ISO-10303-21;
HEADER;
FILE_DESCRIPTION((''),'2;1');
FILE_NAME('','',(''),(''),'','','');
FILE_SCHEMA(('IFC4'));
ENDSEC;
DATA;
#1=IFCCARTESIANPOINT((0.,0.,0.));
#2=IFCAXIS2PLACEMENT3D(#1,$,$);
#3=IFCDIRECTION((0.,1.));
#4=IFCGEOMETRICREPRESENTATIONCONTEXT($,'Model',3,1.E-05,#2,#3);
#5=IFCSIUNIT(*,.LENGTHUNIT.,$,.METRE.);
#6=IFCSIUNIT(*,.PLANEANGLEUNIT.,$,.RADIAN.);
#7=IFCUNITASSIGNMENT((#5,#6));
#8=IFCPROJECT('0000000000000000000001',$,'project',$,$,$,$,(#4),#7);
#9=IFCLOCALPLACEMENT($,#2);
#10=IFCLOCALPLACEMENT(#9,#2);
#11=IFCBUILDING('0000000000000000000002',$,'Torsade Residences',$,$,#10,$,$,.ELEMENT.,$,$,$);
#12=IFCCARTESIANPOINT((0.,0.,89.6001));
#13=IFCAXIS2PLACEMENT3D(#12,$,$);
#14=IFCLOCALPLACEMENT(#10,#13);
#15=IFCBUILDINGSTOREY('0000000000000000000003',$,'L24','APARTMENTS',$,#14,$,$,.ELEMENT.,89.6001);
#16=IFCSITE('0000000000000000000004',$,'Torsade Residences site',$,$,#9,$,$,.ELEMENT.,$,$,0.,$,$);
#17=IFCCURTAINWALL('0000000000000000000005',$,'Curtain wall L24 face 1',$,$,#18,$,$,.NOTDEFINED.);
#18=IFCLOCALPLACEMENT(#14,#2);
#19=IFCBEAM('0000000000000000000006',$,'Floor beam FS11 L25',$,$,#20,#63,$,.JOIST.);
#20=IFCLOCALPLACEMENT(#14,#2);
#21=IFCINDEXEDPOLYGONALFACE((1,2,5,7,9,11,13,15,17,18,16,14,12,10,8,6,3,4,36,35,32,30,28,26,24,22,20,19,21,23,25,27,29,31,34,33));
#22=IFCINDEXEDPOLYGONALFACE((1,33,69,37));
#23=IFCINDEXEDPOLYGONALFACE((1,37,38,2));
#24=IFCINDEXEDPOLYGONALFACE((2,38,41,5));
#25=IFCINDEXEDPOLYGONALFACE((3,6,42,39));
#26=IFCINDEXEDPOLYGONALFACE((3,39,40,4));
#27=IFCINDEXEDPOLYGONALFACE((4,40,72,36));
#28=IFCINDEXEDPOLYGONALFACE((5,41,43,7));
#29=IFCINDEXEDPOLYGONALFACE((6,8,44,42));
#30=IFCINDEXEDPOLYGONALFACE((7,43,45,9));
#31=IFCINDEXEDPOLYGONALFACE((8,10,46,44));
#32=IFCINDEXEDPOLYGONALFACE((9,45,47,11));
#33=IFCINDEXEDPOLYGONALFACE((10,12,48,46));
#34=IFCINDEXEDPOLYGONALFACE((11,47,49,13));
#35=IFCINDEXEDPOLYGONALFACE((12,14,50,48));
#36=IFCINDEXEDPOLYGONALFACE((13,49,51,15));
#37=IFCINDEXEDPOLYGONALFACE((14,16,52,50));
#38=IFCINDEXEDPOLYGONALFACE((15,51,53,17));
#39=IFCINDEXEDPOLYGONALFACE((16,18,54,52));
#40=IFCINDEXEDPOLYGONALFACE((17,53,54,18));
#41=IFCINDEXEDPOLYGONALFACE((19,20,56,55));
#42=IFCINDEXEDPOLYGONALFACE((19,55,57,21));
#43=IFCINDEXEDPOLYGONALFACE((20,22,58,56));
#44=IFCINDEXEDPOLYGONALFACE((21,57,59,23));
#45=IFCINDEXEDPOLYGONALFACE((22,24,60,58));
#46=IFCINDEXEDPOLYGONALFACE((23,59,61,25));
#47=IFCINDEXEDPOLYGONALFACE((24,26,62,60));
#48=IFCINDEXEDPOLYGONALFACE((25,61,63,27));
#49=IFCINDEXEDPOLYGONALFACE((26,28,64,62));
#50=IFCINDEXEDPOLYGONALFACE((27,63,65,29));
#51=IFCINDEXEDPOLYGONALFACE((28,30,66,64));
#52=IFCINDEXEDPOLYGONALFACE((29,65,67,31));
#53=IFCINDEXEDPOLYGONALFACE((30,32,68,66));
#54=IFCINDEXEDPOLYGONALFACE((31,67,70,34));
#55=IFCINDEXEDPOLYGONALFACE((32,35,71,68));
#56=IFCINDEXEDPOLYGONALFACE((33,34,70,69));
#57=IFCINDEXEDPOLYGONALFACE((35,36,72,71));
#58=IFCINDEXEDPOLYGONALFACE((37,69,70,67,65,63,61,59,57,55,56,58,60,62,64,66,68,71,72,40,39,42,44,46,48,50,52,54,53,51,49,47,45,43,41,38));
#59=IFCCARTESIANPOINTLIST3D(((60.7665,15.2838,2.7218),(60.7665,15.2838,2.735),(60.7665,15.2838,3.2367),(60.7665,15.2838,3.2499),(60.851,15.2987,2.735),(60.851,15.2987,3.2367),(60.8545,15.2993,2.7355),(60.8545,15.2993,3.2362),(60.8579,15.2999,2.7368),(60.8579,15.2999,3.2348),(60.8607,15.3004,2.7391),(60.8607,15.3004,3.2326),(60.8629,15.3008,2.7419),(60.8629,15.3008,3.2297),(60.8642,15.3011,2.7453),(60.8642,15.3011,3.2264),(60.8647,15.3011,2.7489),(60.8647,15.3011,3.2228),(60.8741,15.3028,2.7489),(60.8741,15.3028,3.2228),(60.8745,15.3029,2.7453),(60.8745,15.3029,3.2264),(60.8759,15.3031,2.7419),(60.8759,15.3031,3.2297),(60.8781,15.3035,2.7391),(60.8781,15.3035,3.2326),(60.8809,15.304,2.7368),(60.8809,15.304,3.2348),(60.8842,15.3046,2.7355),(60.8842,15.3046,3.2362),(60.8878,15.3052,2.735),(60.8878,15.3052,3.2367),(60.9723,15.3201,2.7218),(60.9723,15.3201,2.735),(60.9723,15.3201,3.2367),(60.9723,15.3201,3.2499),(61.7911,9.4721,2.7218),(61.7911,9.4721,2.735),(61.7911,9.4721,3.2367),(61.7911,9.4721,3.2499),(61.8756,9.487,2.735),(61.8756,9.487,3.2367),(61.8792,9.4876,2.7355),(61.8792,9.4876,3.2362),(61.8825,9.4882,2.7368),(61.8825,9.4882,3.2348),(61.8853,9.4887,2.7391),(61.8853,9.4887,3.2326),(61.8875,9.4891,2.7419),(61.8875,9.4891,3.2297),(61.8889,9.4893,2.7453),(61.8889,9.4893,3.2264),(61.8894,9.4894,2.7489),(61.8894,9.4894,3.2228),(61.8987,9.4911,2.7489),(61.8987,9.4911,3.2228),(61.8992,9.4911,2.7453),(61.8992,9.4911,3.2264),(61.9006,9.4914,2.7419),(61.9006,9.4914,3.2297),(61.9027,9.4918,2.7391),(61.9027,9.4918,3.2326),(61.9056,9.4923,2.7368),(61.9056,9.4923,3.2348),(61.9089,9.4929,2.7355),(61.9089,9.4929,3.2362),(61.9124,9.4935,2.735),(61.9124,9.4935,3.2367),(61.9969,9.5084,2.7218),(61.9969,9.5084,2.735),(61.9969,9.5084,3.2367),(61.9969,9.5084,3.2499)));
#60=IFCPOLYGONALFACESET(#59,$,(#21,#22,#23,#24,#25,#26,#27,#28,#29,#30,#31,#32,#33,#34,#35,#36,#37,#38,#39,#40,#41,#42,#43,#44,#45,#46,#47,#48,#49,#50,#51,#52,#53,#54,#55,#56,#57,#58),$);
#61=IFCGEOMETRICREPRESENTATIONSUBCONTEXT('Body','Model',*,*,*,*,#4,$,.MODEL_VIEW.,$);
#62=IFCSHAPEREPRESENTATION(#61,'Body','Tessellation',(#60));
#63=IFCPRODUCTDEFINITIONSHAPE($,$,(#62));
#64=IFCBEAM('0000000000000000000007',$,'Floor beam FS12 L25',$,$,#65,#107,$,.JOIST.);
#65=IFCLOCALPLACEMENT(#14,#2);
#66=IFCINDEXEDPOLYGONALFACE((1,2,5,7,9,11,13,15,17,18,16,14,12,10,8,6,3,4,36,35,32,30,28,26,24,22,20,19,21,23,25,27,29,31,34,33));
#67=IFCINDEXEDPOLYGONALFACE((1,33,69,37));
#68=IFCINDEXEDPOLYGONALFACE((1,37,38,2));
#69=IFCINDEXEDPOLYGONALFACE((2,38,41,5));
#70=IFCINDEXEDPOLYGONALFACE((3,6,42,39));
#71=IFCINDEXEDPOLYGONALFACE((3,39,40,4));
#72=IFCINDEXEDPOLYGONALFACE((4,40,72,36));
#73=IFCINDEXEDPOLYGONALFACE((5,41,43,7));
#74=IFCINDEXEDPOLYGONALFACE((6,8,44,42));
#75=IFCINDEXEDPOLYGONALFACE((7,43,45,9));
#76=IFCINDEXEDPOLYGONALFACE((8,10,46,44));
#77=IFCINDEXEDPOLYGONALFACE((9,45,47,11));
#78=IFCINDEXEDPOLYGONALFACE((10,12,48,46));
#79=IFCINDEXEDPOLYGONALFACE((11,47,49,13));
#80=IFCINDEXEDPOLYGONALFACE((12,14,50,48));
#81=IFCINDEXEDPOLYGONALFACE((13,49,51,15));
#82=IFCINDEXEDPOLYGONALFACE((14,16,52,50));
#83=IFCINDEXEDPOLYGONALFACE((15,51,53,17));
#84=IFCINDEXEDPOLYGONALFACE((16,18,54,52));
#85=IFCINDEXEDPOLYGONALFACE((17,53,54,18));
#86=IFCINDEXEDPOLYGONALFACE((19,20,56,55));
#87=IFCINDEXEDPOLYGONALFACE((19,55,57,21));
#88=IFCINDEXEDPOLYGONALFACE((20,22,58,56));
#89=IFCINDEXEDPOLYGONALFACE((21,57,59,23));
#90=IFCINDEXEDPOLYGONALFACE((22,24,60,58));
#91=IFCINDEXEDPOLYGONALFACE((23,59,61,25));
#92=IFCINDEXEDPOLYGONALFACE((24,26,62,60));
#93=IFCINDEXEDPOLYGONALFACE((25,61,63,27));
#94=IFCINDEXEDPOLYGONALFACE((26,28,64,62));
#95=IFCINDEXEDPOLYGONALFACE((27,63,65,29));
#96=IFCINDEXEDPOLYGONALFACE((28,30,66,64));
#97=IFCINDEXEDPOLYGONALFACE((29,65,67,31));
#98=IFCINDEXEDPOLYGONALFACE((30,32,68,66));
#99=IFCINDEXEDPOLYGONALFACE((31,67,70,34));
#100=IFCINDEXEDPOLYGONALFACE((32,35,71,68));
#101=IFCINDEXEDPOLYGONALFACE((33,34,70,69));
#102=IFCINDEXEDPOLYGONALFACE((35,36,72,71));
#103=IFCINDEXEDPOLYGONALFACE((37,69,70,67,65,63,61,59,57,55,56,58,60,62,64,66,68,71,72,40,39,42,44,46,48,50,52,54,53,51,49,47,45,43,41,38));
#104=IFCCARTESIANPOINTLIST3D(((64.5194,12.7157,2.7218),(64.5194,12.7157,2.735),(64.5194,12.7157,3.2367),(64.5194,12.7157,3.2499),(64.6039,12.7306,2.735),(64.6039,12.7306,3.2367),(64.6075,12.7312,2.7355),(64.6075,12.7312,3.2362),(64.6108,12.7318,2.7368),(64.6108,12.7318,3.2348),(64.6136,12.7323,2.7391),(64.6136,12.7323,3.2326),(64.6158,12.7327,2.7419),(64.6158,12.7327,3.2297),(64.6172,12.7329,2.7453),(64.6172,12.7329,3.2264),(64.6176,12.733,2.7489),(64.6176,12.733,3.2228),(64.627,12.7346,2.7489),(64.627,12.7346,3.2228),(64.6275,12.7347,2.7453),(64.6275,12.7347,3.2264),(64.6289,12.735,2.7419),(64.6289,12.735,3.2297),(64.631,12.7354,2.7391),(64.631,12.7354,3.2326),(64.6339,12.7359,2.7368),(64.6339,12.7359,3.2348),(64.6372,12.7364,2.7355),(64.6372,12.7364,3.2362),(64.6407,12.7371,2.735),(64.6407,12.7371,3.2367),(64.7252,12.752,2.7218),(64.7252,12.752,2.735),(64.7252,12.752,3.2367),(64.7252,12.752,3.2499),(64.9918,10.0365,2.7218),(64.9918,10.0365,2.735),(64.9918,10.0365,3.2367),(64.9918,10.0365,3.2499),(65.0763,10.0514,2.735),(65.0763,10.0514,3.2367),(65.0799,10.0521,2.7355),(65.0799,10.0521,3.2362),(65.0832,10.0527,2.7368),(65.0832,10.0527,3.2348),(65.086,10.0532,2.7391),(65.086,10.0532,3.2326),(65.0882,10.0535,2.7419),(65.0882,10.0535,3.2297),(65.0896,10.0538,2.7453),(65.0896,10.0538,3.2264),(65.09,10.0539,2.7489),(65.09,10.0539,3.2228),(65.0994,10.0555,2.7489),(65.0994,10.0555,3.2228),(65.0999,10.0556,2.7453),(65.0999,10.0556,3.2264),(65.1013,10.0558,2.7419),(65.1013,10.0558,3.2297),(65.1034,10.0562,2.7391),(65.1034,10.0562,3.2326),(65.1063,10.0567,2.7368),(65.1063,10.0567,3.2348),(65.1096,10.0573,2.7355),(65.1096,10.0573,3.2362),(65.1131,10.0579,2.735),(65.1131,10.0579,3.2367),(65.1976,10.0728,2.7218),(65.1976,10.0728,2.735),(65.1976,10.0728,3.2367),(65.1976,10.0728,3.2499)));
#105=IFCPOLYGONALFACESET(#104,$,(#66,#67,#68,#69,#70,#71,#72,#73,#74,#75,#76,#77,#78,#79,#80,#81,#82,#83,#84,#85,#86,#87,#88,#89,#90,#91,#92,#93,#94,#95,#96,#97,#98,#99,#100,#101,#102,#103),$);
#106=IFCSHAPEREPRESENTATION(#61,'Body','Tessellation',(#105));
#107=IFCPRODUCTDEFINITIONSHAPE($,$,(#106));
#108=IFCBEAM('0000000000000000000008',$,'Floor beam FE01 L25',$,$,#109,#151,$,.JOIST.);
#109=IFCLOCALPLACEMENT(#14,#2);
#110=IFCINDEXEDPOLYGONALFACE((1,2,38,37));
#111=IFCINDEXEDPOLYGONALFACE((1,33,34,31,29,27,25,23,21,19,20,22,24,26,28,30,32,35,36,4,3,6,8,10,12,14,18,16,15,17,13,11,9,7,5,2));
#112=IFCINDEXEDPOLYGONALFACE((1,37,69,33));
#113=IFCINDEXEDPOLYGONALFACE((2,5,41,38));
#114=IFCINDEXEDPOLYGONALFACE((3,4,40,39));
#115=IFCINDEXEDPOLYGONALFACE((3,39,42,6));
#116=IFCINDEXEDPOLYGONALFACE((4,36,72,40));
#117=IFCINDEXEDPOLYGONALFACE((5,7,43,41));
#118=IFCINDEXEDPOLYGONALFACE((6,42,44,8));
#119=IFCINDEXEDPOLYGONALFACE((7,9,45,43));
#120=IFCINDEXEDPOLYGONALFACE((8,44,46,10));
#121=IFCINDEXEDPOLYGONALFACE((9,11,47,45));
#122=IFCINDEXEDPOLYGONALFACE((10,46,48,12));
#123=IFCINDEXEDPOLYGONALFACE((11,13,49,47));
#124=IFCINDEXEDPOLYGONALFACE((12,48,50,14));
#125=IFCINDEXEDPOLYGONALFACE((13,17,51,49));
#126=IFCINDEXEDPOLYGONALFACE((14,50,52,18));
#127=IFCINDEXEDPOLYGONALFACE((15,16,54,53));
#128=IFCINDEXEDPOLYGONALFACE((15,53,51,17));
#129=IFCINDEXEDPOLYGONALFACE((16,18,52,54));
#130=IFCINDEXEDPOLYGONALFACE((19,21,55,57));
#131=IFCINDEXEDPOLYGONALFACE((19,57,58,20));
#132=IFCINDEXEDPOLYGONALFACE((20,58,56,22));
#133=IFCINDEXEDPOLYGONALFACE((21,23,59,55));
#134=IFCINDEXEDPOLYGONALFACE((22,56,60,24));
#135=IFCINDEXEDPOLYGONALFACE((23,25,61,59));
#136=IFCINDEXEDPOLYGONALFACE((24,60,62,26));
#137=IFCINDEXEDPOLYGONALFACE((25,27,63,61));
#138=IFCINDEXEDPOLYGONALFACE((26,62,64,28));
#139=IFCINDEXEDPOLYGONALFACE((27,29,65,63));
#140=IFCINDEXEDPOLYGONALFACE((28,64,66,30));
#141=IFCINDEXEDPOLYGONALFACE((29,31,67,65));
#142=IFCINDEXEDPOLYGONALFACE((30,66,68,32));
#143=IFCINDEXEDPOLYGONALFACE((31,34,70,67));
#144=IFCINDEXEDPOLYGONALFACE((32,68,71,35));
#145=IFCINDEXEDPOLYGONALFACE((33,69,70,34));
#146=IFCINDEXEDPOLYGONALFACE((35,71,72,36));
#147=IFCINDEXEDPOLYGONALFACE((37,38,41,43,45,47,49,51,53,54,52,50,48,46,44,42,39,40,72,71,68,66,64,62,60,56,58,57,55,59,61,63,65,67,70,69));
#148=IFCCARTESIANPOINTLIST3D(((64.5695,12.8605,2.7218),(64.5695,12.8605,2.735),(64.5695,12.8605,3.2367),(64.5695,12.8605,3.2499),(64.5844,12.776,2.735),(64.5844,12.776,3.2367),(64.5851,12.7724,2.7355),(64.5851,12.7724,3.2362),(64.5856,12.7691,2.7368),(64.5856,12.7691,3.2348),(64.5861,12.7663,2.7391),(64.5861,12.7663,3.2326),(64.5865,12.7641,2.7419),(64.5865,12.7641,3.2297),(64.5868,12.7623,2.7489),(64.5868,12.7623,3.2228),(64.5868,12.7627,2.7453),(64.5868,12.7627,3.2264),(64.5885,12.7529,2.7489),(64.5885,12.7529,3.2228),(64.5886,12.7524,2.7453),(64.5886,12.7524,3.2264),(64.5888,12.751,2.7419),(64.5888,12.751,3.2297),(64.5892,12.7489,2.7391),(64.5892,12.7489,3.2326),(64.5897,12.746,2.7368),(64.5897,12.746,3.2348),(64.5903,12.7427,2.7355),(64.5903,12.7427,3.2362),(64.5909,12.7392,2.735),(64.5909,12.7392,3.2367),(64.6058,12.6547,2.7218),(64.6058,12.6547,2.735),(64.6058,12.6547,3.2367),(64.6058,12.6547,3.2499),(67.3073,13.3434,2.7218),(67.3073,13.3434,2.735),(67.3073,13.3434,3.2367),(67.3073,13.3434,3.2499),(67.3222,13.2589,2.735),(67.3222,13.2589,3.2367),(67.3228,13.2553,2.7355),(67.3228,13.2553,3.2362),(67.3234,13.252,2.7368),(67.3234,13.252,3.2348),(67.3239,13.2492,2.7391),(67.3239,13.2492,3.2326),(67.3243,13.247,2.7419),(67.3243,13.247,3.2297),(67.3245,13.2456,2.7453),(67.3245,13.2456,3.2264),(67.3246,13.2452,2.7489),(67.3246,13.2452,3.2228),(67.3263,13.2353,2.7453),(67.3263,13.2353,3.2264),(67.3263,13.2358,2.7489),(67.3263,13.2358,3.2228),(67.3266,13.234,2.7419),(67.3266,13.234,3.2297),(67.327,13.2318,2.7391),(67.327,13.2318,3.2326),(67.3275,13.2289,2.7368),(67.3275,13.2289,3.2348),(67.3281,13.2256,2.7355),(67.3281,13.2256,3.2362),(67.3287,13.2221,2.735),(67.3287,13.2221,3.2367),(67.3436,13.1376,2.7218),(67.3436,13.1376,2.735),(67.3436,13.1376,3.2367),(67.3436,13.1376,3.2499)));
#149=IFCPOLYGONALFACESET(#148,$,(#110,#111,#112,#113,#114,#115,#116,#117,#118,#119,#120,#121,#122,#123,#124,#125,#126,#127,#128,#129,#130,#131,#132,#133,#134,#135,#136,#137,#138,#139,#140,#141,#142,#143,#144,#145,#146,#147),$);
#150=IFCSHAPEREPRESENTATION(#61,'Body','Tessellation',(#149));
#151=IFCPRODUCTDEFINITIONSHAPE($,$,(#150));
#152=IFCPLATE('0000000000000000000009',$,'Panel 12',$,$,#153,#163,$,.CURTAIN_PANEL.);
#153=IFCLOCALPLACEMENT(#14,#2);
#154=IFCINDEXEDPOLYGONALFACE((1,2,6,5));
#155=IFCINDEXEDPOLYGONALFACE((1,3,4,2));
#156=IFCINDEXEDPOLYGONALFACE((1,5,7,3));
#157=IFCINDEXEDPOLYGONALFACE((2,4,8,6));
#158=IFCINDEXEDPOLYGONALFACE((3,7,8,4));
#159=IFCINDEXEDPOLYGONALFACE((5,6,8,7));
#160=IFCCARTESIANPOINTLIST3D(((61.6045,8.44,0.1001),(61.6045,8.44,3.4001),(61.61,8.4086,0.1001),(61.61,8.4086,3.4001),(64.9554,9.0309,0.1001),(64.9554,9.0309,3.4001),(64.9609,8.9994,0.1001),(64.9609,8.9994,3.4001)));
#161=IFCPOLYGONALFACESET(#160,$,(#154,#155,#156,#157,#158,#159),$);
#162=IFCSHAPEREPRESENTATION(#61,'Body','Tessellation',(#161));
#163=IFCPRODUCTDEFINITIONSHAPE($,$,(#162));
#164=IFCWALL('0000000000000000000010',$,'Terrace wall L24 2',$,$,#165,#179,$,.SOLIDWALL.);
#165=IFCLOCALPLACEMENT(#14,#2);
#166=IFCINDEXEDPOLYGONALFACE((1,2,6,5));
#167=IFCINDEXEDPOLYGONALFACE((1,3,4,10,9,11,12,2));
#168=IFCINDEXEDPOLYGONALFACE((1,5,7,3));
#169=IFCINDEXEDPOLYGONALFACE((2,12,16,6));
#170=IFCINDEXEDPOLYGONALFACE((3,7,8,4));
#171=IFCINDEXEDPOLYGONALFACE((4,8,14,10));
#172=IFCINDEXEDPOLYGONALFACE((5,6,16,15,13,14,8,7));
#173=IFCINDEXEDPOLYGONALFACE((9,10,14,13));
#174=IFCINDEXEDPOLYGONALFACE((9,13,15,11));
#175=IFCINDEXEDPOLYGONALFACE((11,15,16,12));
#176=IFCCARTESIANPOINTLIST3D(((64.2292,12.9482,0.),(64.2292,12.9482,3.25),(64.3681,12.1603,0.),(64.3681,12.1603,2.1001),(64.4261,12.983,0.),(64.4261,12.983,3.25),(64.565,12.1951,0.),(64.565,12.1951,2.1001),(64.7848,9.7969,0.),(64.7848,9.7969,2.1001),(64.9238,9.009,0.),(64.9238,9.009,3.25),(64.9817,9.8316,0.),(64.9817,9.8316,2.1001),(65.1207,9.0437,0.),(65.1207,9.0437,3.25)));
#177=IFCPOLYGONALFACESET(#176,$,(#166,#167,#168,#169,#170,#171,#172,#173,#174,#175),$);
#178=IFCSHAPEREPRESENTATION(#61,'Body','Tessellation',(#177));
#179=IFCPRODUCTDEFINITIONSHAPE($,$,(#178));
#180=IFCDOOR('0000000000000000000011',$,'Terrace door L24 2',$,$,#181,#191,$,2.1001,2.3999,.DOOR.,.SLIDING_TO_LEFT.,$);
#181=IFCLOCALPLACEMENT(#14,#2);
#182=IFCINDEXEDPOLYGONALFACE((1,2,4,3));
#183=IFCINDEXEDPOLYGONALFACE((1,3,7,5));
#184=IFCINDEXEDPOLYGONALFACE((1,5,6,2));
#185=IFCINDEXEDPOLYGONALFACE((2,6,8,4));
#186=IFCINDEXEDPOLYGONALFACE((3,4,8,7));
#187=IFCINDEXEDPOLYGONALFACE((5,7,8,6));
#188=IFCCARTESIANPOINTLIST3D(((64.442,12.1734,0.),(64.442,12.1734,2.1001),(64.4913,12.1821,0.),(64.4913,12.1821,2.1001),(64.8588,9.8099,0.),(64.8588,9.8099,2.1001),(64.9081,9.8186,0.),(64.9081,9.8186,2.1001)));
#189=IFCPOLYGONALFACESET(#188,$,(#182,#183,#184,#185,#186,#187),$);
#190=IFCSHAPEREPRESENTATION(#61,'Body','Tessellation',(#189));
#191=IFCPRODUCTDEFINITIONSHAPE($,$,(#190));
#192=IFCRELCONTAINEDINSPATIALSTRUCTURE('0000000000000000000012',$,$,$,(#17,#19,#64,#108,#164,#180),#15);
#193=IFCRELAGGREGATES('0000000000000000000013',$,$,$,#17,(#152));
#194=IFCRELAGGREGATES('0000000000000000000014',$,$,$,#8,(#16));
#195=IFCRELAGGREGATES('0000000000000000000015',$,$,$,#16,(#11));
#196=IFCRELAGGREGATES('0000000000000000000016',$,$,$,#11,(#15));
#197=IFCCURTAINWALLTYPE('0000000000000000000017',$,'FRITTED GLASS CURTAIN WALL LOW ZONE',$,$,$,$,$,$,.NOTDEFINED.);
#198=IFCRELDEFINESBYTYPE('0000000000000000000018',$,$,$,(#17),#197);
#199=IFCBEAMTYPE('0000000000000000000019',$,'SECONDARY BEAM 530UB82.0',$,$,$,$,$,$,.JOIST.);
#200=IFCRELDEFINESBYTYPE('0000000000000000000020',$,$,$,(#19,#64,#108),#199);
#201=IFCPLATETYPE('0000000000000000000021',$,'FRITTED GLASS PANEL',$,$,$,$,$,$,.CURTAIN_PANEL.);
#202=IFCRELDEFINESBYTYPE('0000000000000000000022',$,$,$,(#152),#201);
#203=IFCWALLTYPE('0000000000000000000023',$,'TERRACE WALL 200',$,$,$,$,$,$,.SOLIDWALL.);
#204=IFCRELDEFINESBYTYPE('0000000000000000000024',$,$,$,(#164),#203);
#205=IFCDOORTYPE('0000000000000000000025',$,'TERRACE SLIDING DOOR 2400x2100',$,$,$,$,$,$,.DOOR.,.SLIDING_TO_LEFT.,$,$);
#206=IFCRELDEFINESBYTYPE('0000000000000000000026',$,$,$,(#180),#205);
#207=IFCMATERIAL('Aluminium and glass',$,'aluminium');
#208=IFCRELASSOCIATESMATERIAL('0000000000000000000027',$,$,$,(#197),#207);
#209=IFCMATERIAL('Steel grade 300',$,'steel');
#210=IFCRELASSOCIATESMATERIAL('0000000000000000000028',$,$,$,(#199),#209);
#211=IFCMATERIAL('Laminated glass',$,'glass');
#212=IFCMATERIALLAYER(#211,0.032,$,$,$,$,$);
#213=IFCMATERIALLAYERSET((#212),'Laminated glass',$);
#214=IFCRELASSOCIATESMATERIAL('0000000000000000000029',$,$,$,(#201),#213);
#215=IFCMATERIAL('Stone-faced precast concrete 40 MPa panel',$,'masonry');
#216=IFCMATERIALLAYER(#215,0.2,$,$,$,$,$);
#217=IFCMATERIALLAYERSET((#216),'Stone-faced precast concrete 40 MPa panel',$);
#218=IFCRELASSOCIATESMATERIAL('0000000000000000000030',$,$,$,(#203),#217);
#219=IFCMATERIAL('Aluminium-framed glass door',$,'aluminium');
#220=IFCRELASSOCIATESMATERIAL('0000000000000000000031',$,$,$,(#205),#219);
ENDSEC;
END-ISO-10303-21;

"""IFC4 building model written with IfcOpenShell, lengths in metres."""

from ifc_helpers import new_model, si_unit, direction, frame, frame_2d, origin, origin_2d, place, context, subcontext, project, spatial, rectangle, i_section, extrude, material, layer, layer_set, material_profile, profile_set, type_object, element, fill, aggregate, save


model = new_model("IFC4")

# Units and contexts
model_context = context("Model", 3, precision=1e-05, world=origin(), true_north=direction((0.0, 1.0)))
body_context = subcontext(model_context, "Body", "Model", "MODEL_VIEW")
ifc_project = project(units=[si_unit("LENGTHUNIT", "METRE"), si_unit("PLANEANGLEUNIT", "RADIAN")], contexts=[model_context])

# Site, building, storey
site_placement = place(None, origin())
site = spatial("IfcSite", under=ifc_project, at=site_placement, Name="Torsade Residences site", CompositionType="ELEMENT", RefElevation=0.0)
building_placement = place(site_placement, origin())
building = spatial("IfcBuilding", under=site, at=building_placement, Name="Torsade Residences", CompositionType="ELEMENT")
storey_placement = place(building_placement, frame((0.0, 0.0, 89.6001)))
storey = spatial("IfcBuildingStorey", under=building, at=storey_placement, Name="L24", Description="APARTMENTS", CompositionType="ELEMENT", Elevation=89.6001)

# Curtain wall
ifc_material_1 = material(Name="Aluminium and glass", Category="aluminium")
curtain_wall_type = type_object("IfcCurtainWallType", Name="FRITTED GLASS CURTAIN WALL LOW ZONE", PredefinedType="NOTDEFINED", material=ifc_material_1)
curtain_wall_1_placement = place(storey_placement, origin())
curtain_wall_1 = element("IfcCurtainWall", 1, at=curtain_wall_1_placement, inside=storey, type_object=curtain_wall_type, Name="Curtain wall L24 face 1", PredefinedType="NOTDEFINED")

# Beams
ifc_material_2 = material(Name="Steel grade 300", Category="steel")
ifc_material_profile_1 = material_profile(ifc_material_2, i_section(OverallWidth=0.209, OverallDepth=0.5281, WebThickness=0.0095, FlangeThickness=0.0132, FilletRadius=0.0139, at=origin_2d()), Name="530UB82.0")
ifc_profile_set_1 = profile_set([ifc_material_profile_1], Name="Steel grade 300")
beam_type_1 = type_object("IfcBeamType", Name="SECONDARY BEAM 530UB82.0", PredefinedType="JOIST", material=ifc_profile_set_1)
beam_1_placement = place(storey_placement, frame((61.894, 9.4902, 2.9858), z_axis=(-0.17363, 0.984811, 0.0), x_axis=(-0.984811, -0.17363, 0.0)))
element("IfcBeam", 2, at=beam_1_placement, inside=storey, type_object=beam_type_1, Name="Floor beam FS11 L25", PredefinedType="JOIST", context=body_context, shape_type="SweptSolid", body=[
    extrude(i_section(OverallWidth=0.209, OverallDepth=0.5281, WebThickness=0.0095, FlangeThickness=0.0132, FilletRadius=0.0139, at=origin_2d()), origin(), (0.0, 0.0, 1.0), 5.9014),
])
beam_2_placement = place(storey_placement, frame((65.0947, 10.0547, 2.9858), z_axis=(-0.173647, 0.984808, 0.0), x_axis=(-0.984808, -0.173647, 0.0)))
element("IfcBeam", 3, at=beam_2_placement, inside=storey, type_object=beam_type_1, Name="Floor beam FS12 L25", PredefinedType="JOIST", context=body_context, shape_type="SweptSolid", body=[
    extrude(i_section(OverallWidth=0.209, OverallDepth=0.5281, WebThickness=0.0095, FlangeThickness=0.0132, FilletRadius=0.0139, at=origin_2d()), origin(), (0.0, 0.0, 1.0), 2.7205),
])
beam_3_placement = place(storey_placement, frame((67.3254, 13.2405, 2.9858), z_axis=(-0.984798, -0.173705, 0.0), x_axis=(0.173705, -0.984798, 0.0)))
element("IfcBeam", 4, at=beam_3_placement, inside=storey, type_object=beam_type_1, Name="Floor beam FE01 L25", PredefinedType="JOIST", context=body_context, shape_type="SweptSolid", body=[
    extrude(i_section(OverallWidth=0.209, OverallDepth=0.5281, WebThickness=0.0095, FlangeThickness=0.0132, FilletRadius=0.0139, at=origin_2d()), origin(), (0.0, 0.0, 1.0), 2.78),
])

# Plate
ifc_material_3 = material(Name="Laminated glass", Category="glass")
ifc_layer_1 = layer(ifc_material_3, 0.032)
ifc_layer_set_1 = layer_set([ifc_layer_1], Name="Laminated glass")
plate_type = type_object("IfcPlateType", Name="FRITTED GLASS PANEL", PredefinedType="CURTAIN_PANEL", material=ifc_layer_set_1)
plate_placement = place(storey_placement, frame((63.2827, 8.7197, 0.1001), z_axis=(0.0, 0.0, 1.0), x_axis=(0.984808, 0.173648, 0.0)))
plate = element("IfcPlate", 5, at=plate_placement, type_object=plate_type, Name="Panel 12", PredefinedType="CURTAIN_PANEL", context=body_context, shape_type="SweptSolid", body=[
    extrude(rectangle(XDim=3.4026, YDim=0.032, at=origin_2d()), origin(), (0.0, 0.0, 1.0), 3.3),
])
aggregate(curtain_wall_1, [plate])

# Wall, opening, door
ifc_material_4 = material(Name="Stone-faced precast concrete 40 MPa panel", Category="masonry")
ifc_layer_2 = layer(ifc_material_4, 0.2)
ifc_layer_set_2 = layer_set([ifc_layer_2], Name="Stone-faced precast concrete 40 MPa panel")
wall_type = type_object("IfcWallType", Name="TERRACE WALL 200", PredefinedType="SOLIDWALL", material=ifc_layer_set_2)
wall_1_placement = place(storey_placement, frame((65.0222, 9.0264, 0.0), z_axis=(0.0, 0.0, 1.0), x_axis=(-0.173646, 0.984808, 0.0)))
wall_1 = element("IfcWall", 6, at=wall_1_placement, inside=storey, type_object=wall_type, Name="Terrace wall L24 2", PredefinedType="SOLIDWALL", context=body_context, shape_type="SweptSolid", body=[
    extrude(rectangle(XDim=4.0, YDim=0.2, at=frame_2d((2.0, 0.0))), origin(), (0.0, 0.0, 1.0), 3.25),
])
opening_1_placement = place(wall_1_placement, frame((0.8, 0.0, 0.0)))
opening_1 = element("IfcOpeningElement", 7, at=opening_1_placement, cuts=wall_1, PredefinedType="OPENING", context=body_context, shape_type="SweptSolid", body=[
    extrude(rectangle(XDim=2.3999, YDim=2.1001, at=frame_2d((1.2, 1.05))), frame((0.0, 0.1099, 0.0), z_axis=(0.0, -1.0, 0.0), x_axis=(1.0, 0.0, 0.0)), (0.0, 0.0, 1.0), 0.22),
])
ifc_material_5 = material(Name="Aluminium-framed glass door", Category="aluminium")
door_type = type_object("IfcDoorType", Name="TERRACE SLIDING DOOR 2400x2100", OperationType="SLIDING_TO_LEFT", PredefinedType="DOOR", material=ifc_material_5)
door_placement = place(opening_1_placement, origin())
door = element("IfcDoor", 8, at=door_placement, inside=storey, type_object=door_type, Name="Terrace door L24 2", OperationType="SLIDING_TO_LEFT", OverallHeight=2.1001, OverallWidth=2.3999, PredefinedType="DOOR", context=body_context, shape_type="SweptSolid", body=[
    extrude(rectangle(XDim=2.3999, YDim=2.1001, at=frame_2d((1.2, 1.05))), frame((0.0, 0.0249, 0.0), z_axis=(0.0, -1.0, 0.0), x_axis=(1.0, 0.0, 0.0)), (0.0, 0.0, 1.0), 0.05),
])
fill(opening_1, door)

save(model, "model.ifc")
